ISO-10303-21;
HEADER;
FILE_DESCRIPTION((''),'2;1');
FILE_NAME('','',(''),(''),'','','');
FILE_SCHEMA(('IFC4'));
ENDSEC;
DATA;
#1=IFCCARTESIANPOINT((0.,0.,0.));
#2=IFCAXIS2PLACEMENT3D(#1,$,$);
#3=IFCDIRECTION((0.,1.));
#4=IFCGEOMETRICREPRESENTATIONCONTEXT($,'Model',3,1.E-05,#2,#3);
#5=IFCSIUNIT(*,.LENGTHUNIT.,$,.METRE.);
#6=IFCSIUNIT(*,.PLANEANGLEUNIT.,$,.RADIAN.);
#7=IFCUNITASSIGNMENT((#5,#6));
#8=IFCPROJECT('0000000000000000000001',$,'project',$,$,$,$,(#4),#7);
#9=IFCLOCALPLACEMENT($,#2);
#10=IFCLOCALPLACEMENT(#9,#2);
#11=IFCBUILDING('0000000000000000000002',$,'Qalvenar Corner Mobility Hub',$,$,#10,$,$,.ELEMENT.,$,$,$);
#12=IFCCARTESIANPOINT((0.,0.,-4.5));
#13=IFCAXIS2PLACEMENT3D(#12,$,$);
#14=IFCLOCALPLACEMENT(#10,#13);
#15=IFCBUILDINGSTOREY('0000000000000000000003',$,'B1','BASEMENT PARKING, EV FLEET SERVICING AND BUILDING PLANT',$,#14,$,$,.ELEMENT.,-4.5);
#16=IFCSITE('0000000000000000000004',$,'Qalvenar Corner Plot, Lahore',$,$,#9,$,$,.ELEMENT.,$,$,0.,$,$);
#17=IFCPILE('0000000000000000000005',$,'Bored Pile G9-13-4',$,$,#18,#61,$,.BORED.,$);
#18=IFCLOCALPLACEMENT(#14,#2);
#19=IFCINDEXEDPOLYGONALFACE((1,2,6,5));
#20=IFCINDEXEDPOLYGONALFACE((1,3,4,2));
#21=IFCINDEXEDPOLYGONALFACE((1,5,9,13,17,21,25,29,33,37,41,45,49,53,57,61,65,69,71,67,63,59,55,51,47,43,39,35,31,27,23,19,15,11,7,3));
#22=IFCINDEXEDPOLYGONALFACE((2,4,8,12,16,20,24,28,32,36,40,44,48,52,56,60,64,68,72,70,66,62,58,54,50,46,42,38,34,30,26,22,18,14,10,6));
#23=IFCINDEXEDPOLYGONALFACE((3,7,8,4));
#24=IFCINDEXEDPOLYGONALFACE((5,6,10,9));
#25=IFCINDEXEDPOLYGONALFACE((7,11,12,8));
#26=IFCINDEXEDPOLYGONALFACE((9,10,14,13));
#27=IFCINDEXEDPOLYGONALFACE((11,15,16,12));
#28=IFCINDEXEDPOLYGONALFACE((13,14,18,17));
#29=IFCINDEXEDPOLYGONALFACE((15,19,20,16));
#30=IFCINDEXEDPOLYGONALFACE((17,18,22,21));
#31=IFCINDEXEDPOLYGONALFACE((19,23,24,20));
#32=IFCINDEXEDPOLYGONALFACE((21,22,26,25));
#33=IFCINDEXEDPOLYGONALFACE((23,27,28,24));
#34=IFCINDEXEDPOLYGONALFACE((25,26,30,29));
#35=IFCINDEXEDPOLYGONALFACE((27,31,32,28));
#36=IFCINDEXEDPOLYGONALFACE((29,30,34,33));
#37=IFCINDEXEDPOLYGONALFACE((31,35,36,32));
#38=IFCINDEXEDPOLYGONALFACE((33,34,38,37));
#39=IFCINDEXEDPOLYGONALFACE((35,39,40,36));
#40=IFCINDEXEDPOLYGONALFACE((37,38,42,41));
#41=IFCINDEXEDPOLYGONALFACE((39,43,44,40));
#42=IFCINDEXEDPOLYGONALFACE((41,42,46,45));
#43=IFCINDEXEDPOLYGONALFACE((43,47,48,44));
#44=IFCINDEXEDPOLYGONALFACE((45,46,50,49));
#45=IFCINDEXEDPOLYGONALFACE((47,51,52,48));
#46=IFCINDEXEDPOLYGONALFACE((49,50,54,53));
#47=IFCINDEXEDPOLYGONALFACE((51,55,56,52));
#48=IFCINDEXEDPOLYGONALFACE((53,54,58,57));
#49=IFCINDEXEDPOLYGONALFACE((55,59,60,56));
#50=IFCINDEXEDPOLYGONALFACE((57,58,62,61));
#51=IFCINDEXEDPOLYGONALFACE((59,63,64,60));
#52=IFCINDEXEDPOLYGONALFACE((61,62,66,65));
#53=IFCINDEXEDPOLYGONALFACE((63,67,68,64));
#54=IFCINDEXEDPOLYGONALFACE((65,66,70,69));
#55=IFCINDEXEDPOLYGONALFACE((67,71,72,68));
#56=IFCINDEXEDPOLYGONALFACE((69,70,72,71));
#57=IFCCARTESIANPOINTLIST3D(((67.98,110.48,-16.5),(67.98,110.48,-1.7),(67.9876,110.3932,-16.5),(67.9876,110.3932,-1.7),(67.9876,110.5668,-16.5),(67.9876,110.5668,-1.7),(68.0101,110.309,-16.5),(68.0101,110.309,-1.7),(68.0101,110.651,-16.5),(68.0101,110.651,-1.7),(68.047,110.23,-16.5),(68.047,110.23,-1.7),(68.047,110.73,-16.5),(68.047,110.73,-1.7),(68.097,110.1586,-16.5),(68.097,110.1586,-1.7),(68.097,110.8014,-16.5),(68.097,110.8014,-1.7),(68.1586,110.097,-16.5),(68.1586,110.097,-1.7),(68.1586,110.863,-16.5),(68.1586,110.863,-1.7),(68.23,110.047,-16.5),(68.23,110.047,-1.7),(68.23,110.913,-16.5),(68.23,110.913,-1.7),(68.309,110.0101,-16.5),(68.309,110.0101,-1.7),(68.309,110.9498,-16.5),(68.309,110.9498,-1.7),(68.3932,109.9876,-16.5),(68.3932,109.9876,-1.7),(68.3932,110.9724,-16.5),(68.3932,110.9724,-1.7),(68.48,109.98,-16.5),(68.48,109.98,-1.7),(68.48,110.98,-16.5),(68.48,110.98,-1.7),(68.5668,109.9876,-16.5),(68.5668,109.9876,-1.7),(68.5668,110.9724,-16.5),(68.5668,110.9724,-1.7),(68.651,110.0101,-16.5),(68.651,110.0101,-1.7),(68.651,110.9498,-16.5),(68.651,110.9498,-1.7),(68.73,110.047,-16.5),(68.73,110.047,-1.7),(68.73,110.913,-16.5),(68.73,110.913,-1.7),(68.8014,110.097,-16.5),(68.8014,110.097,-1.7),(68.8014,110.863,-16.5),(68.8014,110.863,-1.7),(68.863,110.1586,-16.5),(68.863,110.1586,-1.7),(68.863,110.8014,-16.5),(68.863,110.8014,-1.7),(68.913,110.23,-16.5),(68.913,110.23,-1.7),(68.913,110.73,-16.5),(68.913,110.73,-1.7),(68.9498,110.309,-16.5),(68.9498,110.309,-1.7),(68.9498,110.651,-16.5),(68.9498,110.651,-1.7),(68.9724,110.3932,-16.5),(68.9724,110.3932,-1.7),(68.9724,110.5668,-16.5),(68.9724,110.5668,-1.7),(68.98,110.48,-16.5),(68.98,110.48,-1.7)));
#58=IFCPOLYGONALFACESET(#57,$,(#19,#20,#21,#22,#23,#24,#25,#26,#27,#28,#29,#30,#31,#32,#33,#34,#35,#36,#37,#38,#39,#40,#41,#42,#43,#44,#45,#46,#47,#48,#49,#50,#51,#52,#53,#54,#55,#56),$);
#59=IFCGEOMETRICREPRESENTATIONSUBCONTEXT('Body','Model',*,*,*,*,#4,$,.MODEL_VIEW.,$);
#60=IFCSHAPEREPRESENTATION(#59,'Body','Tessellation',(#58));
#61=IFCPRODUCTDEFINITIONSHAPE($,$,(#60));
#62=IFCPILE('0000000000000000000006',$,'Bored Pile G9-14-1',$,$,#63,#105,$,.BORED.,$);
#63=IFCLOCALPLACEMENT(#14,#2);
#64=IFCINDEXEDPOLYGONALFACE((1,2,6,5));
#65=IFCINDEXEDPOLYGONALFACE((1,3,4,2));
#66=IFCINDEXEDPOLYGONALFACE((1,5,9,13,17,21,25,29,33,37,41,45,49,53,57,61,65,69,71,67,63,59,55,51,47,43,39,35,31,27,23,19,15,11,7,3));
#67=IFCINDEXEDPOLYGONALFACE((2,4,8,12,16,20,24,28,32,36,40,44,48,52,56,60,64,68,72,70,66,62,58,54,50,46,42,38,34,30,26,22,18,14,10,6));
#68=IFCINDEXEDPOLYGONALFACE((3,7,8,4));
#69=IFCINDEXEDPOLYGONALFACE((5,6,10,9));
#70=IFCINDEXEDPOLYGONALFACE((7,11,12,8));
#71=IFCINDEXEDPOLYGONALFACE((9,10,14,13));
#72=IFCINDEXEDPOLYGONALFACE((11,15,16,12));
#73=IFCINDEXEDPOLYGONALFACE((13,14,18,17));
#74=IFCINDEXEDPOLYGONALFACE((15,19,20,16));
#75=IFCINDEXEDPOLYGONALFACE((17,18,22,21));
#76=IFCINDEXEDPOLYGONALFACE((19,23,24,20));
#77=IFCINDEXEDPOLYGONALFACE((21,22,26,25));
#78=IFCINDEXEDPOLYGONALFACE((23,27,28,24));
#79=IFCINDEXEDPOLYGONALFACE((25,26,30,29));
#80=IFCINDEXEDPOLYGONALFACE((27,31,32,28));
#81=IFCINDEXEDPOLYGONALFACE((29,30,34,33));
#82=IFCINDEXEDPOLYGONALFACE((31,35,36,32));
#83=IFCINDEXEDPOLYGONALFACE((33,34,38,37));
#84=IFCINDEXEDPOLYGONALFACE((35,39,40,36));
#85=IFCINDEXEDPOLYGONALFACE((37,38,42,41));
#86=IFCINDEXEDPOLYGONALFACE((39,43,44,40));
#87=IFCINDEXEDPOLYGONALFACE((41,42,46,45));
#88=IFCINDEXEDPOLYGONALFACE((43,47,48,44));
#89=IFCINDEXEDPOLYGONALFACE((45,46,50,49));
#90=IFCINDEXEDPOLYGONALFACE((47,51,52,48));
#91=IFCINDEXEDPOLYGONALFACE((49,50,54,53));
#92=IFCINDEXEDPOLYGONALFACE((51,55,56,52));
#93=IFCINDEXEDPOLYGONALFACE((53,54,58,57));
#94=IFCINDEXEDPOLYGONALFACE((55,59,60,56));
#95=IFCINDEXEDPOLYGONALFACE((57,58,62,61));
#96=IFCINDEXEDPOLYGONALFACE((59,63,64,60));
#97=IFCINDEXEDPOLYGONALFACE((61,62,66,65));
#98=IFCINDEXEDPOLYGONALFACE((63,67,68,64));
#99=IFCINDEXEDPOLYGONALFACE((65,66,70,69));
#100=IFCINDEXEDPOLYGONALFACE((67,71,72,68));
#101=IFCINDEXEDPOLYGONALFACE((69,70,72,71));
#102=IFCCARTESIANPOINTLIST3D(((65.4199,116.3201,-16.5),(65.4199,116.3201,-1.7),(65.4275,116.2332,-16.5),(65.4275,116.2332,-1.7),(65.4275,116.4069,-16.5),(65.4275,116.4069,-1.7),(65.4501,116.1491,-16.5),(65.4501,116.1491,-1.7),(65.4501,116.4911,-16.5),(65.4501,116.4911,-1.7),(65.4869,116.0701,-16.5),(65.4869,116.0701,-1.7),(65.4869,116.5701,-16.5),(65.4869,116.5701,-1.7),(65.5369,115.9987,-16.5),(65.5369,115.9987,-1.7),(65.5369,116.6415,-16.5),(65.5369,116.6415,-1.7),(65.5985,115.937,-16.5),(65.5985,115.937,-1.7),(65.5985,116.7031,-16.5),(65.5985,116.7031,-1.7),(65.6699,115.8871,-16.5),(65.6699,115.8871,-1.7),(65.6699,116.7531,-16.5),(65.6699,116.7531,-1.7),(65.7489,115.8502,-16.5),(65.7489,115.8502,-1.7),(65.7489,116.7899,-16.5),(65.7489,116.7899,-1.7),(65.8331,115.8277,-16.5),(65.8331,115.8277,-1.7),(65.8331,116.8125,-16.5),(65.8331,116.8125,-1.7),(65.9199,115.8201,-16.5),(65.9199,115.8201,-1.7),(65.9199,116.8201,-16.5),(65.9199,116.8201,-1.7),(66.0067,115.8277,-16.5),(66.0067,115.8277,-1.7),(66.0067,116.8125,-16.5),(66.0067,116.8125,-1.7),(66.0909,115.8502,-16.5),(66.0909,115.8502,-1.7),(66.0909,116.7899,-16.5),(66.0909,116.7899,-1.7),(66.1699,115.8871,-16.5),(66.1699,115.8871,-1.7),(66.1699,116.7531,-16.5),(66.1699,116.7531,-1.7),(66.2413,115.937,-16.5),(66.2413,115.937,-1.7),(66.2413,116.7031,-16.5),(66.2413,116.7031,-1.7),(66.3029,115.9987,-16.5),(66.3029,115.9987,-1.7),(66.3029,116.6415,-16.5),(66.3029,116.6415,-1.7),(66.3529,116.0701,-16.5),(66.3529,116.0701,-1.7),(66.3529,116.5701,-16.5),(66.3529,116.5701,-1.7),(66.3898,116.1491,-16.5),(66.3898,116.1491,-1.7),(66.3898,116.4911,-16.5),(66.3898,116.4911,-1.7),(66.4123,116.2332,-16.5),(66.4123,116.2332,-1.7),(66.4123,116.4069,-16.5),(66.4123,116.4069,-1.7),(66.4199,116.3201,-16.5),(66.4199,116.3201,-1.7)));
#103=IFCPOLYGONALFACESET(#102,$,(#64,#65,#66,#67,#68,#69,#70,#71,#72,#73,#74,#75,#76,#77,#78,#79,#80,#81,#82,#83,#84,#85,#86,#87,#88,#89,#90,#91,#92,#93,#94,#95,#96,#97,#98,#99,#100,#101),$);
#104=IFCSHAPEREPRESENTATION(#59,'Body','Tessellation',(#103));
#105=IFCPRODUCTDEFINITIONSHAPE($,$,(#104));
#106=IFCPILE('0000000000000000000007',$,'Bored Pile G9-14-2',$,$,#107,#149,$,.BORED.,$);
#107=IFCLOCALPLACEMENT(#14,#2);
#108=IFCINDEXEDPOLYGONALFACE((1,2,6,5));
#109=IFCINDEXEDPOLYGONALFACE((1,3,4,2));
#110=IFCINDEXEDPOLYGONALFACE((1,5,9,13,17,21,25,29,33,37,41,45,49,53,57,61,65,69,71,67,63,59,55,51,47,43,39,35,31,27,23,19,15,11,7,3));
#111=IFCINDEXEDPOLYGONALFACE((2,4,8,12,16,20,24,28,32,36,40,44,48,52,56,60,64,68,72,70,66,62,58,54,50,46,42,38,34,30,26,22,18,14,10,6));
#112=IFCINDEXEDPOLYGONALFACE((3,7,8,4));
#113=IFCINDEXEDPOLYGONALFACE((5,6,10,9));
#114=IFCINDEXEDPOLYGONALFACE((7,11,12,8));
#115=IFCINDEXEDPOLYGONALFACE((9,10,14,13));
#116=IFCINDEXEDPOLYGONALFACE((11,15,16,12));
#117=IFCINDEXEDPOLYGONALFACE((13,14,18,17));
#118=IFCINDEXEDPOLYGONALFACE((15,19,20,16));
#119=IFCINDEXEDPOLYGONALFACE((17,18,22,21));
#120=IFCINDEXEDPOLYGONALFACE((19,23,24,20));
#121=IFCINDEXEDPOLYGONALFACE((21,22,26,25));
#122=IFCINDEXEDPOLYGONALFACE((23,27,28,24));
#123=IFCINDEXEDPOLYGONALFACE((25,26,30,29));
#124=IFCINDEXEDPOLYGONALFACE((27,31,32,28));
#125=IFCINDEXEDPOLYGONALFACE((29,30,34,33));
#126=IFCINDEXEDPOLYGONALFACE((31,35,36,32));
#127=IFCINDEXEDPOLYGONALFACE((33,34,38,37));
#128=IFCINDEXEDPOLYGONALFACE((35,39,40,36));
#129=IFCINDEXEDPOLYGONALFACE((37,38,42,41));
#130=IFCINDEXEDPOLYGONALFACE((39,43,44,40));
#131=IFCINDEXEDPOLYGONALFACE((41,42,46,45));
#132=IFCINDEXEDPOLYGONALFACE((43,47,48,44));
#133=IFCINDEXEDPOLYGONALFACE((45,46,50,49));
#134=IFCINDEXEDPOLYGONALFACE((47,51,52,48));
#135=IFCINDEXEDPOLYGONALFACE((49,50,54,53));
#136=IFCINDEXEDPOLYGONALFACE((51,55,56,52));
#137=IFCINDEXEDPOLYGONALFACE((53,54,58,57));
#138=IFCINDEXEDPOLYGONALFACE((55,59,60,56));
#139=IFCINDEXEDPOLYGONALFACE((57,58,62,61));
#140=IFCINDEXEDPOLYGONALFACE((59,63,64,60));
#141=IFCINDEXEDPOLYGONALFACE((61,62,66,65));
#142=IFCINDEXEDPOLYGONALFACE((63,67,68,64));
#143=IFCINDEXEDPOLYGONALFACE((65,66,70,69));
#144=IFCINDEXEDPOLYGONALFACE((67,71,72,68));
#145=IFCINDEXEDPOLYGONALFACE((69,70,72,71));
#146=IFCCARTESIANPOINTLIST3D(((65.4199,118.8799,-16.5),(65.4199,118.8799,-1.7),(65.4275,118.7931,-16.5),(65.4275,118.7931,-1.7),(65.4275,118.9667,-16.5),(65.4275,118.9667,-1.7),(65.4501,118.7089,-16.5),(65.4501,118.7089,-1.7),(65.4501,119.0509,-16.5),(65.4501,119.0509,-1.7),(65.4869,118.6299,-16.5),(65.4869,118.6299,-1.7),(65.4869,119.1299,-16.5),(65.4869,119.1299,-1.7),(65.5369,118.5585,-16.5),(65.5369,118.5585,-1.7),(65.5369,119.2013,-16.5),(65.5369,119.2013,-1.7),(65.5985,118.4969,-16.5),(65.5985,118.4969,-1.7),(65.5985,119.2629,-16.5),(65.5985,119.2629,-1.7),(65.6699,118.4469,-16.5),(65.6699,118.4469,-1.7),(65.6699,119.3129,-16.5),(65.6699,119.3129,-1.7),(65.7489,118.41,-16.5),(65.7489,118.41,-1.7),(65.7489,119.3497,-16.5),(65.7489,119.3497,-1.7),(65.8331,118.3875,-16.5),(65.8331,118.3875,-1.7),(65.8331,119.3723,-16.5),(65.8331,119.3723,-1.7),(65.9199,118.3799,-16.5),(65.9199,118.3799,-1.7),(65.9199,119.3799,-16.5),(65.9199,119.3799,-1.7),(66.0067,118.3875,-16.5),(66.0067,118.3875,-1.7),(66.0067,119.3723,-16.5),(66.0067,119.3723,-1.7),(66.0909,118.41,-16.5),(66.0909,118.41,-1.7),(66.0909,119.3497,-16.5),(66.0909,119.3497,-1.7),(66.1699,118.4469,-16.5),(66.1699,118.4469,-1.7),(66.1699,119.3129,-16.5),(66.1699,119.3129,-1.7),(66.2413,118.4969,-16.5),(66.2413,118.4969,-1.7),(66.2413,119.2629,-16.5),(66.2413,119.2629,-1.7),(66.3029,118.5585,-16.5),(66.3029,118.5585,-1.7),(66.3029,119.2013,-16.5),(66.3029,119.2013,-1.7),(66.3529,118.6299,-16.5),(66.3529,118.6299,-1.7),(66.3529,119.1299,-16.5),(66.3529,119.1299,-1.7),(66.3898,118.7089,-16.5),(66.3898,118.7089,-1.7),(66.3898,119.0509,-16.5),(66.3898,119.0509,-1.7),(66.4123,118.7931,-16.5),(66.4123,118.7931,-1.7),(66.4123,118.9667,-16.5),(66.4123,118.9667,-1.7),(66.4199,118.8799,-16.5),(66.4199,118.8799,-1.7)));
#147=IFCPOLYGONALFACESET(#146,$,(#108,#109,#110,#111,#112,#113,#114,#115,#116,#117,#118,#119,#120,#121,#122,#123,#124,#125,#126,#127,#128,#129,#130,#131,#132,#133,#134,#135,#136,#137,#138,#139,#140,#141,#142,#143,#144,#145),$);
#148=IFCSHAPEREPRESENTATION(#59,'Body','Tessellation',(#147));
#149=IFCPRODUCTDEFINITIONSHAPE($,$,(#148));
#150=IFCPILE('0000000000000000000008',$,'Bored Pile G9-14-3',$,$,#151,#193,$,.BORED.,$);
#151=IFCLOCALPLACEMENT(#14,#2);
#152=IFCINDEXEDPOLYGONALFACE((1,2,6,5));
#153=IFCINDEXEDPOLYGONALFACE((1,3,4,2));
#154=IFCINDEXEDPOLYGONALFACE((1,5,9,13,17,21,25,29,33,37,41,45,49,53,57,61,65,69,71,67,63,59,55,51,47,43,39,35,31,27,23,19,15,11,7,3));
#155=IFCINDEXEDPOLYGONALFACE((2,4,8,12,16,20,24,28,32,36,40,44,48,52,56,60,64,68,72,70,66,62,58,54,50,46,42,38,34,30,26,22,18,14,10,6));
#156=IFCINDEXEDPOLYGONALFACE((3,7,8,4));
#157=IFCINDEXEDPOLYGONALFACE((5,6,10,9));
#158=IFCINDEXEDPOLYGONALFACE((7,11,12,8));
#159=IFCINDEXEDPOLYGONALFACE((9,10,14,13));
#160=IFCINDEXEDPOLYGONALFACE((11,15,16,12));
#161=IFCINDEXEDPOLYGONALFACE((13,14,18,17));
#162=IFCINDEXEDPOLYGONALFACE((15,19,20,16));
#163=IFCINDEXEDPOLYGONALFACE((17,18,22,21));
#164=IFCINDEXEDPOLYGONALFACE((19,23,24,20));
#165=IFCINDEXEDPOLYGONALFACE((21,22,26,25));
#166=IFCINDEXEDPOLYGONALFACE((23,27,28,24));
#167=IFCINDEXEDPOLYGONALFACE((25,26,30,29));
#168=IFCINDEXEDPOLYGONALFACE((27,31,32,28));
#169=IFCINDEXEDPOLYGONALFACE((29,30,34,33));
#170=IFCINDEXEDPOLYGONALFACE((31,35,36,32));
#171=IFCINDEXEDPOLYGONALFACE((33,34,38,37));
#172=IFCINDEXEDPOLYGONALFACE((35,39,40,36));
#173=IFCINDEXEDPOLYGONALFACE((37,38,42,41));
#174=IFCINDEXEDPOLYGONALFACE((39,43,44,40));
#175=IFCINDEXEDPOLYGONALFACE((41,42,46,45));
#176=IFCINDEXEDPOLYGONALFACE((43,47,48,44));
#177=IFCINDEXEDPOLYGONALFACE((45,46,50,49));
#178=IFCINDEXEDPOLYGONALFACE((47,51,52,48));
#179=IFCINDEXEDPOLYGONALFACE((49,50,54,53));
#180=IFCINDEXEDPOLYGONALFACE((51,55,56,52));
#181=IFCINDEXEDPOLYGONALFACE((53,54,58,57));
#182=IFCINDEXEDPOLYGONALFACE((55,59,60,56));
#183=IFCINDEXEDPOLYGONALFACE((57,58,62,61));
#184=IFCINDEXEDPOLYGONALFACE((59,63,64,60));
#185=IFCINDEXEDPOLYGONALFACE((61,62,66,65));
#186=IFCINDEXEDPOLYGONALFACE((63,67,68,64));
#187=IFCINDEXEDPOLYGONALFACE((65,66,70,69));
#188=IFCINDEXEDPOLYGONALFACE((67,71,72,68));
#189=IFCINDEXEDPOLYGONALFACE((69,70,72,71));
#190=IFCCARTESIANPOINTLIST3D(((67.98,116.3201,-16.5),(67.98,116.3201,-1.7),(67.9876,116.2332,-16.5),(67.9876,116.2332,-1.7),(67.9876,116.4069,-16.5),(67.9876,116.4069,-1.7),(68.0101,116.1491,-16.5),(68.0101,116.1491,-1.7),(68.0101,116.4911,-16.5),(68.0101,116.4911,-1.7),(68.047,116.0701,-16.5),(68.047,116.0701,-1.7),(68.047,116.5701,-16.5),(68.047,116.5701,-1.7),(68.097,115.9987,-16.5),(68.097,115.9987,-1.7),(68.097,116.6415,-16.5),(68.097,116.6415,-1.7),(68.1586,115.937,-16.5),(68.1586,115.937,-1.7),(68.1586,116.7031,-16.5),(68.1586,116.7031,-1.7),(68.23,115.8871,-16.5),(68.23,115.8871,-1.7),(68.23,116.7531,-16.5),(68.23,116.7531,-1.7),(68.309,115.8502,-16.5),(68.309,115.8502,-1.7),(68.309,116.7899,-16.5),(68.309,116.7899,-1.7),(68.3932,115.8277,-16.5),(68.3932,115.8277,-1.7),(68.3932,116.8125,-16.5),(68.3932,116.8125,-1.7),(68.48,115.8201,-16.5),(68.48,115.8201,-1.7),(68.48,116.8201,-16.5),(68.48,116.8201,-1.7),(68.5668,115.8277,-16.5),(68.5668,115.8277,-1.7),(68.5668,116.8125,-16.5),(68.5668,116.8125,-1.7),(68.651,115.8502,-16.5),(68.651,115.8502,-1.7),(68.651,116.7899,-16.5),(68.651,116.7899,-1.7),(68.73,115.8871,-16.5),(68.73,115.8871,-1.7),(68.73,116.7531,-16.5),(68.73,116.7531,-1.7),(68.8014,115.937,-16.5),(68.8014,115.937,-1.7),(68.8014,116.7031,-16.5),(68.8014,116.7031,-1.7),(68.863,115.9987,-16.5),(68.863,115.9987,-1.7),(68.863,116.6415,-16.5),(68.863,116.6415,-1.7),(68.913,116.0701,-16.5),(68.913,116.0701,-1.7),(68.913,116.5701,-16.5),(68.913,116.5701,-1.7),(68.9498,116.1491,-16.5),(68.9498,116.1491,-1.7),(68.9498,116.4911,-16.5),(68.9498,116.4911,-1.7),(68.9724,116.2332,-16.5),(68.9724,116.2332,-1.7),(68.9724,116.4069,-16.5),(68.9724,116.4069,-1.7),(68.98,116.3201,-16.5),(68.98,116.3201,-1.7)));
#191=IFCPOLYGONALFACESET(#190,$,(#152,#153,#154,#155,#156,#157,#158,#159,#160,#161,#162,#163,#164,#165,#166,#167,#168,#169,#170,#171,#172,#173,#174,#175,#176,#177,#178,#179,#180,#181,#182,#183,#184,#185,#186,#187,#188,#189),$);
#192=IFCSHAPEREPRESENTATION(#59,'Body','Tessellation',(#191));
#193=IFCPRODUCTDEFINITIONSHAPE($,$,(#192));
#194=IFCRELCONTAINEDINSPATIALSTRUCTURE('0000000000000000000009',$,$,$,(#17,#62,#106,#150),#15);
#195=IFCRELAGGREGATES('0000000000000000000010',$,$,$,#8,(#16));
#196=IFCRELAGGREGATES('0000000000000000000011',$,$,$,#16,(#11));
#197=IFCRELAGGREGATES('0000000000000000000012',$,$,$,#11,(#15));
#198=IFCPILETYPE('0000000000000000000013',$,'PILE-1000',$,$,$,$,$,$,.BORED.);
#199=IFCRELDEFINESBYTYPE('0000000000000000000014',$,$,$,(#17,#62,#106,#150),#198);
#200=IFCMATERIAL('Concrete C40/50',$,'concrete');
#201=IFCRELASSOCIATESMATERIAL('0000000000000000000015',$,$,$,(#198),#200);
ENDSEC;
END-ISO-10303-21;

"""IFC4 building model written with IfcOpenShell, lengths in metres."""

from ifc_helpers import new_model, si_unit, direction, frame, origin, origin_2d, place, context, subcontext, project, spatial, circle, extrude, material, material_profile, profile_set, type_object, element, save


model = new_model("IFC4")

# Units and contexts
model_context = context("Model", 3, precision=1e-05, world=origin(), true_north=direction((0.0, 1.0)))
body_context = subcontext(model_context, "Body", "Model", "MODEL_VIEW")
ifc_project = project(units=[si_unit("LENGTHUNIT", "METRE"), si_unit("PLANEANGLEUNIT", "RADIAN")], contexts=[model_context])

# Site, building, storey
site_placement = place(None, origin())
site = spatial("IfcSite", under=ifc_project, at=site_placement, Name="Qalvenar Corner Plot, Lahore", CompositionType="ELEMENT", RefElevation=0.0)
building_placement = place(site_placement, origin())
building = spatial("IfcBuilding", under=site, at=building_placement, Name="Qalvenar Corner Mobility Hub", CompositionType="ELEMENT")
storey_placement = place(building_placement, frame((0.0, 0.0, -4.5)))
storey = spatial("IfcBuildingStorey", under=building, at=storey_placement, Name="B1", Description="BASEMENT PARKING, EV FLEET SERVICING AND BUILDING PLANT", CompositionType="ELEMENT", Elevation=-4.5)

# Shared definitions
ifc_material_1 = material(Name="Concrete C40/50", Category="concrete")

# Piles
ifc_material_profile_1 = material_profile(ifc_material_1, circle(Radius=0.5, at=origin_2d()), Name="DIA1000")
ifc_profile_set_1 = profile_set([ifc_material_profile_1], Name="Concrete C40/50")
pile_type = type_object("IfcPileType", Name="PILE-1000", PredefinedType="BORED", material=ifc_profile_set_1)
for number, where, z_axis, x_axis, name in (
    (1, (68.48, 110.48, -1.7), (0.0, 0.0, -1.0), (1.0, 0.0, 0.0), "Bored Pile G9-13-4"),
    (2, (65.9199, 116.3201, -1.7), (0.0, 0.0, -1.0), (1.0, 0.0, 0.0), "Bored Pile G9-14-1"),
    (3, (65.9199, 118.8799, -1.7), (0.0, 0.0, -1.0), (1.0, 0.0, 0.0), "Bored Pile G9-14-2"),
    (4, (68.48, 116.3201, -1.7), (0.0, 0.0, -1.0), (1.0, 0.0, 0.0), "Bored Pile G9-14-3"),
):
    element("IfcPile", number, at=place(storey_placement, frame(where, z_axis=z_axis, x_axis=x_axis)), inside=storey, type_object=pile_type, Name=name, PredefinedType="BORED", context=body_context, shape_type="SweptSolid", body=[
        extrude(circle(Radius=0.5, at=origin_2d()), origin(), (0.0, 0.0, 1.0), 14.8),
    ])

save(model, "model.ifc")
